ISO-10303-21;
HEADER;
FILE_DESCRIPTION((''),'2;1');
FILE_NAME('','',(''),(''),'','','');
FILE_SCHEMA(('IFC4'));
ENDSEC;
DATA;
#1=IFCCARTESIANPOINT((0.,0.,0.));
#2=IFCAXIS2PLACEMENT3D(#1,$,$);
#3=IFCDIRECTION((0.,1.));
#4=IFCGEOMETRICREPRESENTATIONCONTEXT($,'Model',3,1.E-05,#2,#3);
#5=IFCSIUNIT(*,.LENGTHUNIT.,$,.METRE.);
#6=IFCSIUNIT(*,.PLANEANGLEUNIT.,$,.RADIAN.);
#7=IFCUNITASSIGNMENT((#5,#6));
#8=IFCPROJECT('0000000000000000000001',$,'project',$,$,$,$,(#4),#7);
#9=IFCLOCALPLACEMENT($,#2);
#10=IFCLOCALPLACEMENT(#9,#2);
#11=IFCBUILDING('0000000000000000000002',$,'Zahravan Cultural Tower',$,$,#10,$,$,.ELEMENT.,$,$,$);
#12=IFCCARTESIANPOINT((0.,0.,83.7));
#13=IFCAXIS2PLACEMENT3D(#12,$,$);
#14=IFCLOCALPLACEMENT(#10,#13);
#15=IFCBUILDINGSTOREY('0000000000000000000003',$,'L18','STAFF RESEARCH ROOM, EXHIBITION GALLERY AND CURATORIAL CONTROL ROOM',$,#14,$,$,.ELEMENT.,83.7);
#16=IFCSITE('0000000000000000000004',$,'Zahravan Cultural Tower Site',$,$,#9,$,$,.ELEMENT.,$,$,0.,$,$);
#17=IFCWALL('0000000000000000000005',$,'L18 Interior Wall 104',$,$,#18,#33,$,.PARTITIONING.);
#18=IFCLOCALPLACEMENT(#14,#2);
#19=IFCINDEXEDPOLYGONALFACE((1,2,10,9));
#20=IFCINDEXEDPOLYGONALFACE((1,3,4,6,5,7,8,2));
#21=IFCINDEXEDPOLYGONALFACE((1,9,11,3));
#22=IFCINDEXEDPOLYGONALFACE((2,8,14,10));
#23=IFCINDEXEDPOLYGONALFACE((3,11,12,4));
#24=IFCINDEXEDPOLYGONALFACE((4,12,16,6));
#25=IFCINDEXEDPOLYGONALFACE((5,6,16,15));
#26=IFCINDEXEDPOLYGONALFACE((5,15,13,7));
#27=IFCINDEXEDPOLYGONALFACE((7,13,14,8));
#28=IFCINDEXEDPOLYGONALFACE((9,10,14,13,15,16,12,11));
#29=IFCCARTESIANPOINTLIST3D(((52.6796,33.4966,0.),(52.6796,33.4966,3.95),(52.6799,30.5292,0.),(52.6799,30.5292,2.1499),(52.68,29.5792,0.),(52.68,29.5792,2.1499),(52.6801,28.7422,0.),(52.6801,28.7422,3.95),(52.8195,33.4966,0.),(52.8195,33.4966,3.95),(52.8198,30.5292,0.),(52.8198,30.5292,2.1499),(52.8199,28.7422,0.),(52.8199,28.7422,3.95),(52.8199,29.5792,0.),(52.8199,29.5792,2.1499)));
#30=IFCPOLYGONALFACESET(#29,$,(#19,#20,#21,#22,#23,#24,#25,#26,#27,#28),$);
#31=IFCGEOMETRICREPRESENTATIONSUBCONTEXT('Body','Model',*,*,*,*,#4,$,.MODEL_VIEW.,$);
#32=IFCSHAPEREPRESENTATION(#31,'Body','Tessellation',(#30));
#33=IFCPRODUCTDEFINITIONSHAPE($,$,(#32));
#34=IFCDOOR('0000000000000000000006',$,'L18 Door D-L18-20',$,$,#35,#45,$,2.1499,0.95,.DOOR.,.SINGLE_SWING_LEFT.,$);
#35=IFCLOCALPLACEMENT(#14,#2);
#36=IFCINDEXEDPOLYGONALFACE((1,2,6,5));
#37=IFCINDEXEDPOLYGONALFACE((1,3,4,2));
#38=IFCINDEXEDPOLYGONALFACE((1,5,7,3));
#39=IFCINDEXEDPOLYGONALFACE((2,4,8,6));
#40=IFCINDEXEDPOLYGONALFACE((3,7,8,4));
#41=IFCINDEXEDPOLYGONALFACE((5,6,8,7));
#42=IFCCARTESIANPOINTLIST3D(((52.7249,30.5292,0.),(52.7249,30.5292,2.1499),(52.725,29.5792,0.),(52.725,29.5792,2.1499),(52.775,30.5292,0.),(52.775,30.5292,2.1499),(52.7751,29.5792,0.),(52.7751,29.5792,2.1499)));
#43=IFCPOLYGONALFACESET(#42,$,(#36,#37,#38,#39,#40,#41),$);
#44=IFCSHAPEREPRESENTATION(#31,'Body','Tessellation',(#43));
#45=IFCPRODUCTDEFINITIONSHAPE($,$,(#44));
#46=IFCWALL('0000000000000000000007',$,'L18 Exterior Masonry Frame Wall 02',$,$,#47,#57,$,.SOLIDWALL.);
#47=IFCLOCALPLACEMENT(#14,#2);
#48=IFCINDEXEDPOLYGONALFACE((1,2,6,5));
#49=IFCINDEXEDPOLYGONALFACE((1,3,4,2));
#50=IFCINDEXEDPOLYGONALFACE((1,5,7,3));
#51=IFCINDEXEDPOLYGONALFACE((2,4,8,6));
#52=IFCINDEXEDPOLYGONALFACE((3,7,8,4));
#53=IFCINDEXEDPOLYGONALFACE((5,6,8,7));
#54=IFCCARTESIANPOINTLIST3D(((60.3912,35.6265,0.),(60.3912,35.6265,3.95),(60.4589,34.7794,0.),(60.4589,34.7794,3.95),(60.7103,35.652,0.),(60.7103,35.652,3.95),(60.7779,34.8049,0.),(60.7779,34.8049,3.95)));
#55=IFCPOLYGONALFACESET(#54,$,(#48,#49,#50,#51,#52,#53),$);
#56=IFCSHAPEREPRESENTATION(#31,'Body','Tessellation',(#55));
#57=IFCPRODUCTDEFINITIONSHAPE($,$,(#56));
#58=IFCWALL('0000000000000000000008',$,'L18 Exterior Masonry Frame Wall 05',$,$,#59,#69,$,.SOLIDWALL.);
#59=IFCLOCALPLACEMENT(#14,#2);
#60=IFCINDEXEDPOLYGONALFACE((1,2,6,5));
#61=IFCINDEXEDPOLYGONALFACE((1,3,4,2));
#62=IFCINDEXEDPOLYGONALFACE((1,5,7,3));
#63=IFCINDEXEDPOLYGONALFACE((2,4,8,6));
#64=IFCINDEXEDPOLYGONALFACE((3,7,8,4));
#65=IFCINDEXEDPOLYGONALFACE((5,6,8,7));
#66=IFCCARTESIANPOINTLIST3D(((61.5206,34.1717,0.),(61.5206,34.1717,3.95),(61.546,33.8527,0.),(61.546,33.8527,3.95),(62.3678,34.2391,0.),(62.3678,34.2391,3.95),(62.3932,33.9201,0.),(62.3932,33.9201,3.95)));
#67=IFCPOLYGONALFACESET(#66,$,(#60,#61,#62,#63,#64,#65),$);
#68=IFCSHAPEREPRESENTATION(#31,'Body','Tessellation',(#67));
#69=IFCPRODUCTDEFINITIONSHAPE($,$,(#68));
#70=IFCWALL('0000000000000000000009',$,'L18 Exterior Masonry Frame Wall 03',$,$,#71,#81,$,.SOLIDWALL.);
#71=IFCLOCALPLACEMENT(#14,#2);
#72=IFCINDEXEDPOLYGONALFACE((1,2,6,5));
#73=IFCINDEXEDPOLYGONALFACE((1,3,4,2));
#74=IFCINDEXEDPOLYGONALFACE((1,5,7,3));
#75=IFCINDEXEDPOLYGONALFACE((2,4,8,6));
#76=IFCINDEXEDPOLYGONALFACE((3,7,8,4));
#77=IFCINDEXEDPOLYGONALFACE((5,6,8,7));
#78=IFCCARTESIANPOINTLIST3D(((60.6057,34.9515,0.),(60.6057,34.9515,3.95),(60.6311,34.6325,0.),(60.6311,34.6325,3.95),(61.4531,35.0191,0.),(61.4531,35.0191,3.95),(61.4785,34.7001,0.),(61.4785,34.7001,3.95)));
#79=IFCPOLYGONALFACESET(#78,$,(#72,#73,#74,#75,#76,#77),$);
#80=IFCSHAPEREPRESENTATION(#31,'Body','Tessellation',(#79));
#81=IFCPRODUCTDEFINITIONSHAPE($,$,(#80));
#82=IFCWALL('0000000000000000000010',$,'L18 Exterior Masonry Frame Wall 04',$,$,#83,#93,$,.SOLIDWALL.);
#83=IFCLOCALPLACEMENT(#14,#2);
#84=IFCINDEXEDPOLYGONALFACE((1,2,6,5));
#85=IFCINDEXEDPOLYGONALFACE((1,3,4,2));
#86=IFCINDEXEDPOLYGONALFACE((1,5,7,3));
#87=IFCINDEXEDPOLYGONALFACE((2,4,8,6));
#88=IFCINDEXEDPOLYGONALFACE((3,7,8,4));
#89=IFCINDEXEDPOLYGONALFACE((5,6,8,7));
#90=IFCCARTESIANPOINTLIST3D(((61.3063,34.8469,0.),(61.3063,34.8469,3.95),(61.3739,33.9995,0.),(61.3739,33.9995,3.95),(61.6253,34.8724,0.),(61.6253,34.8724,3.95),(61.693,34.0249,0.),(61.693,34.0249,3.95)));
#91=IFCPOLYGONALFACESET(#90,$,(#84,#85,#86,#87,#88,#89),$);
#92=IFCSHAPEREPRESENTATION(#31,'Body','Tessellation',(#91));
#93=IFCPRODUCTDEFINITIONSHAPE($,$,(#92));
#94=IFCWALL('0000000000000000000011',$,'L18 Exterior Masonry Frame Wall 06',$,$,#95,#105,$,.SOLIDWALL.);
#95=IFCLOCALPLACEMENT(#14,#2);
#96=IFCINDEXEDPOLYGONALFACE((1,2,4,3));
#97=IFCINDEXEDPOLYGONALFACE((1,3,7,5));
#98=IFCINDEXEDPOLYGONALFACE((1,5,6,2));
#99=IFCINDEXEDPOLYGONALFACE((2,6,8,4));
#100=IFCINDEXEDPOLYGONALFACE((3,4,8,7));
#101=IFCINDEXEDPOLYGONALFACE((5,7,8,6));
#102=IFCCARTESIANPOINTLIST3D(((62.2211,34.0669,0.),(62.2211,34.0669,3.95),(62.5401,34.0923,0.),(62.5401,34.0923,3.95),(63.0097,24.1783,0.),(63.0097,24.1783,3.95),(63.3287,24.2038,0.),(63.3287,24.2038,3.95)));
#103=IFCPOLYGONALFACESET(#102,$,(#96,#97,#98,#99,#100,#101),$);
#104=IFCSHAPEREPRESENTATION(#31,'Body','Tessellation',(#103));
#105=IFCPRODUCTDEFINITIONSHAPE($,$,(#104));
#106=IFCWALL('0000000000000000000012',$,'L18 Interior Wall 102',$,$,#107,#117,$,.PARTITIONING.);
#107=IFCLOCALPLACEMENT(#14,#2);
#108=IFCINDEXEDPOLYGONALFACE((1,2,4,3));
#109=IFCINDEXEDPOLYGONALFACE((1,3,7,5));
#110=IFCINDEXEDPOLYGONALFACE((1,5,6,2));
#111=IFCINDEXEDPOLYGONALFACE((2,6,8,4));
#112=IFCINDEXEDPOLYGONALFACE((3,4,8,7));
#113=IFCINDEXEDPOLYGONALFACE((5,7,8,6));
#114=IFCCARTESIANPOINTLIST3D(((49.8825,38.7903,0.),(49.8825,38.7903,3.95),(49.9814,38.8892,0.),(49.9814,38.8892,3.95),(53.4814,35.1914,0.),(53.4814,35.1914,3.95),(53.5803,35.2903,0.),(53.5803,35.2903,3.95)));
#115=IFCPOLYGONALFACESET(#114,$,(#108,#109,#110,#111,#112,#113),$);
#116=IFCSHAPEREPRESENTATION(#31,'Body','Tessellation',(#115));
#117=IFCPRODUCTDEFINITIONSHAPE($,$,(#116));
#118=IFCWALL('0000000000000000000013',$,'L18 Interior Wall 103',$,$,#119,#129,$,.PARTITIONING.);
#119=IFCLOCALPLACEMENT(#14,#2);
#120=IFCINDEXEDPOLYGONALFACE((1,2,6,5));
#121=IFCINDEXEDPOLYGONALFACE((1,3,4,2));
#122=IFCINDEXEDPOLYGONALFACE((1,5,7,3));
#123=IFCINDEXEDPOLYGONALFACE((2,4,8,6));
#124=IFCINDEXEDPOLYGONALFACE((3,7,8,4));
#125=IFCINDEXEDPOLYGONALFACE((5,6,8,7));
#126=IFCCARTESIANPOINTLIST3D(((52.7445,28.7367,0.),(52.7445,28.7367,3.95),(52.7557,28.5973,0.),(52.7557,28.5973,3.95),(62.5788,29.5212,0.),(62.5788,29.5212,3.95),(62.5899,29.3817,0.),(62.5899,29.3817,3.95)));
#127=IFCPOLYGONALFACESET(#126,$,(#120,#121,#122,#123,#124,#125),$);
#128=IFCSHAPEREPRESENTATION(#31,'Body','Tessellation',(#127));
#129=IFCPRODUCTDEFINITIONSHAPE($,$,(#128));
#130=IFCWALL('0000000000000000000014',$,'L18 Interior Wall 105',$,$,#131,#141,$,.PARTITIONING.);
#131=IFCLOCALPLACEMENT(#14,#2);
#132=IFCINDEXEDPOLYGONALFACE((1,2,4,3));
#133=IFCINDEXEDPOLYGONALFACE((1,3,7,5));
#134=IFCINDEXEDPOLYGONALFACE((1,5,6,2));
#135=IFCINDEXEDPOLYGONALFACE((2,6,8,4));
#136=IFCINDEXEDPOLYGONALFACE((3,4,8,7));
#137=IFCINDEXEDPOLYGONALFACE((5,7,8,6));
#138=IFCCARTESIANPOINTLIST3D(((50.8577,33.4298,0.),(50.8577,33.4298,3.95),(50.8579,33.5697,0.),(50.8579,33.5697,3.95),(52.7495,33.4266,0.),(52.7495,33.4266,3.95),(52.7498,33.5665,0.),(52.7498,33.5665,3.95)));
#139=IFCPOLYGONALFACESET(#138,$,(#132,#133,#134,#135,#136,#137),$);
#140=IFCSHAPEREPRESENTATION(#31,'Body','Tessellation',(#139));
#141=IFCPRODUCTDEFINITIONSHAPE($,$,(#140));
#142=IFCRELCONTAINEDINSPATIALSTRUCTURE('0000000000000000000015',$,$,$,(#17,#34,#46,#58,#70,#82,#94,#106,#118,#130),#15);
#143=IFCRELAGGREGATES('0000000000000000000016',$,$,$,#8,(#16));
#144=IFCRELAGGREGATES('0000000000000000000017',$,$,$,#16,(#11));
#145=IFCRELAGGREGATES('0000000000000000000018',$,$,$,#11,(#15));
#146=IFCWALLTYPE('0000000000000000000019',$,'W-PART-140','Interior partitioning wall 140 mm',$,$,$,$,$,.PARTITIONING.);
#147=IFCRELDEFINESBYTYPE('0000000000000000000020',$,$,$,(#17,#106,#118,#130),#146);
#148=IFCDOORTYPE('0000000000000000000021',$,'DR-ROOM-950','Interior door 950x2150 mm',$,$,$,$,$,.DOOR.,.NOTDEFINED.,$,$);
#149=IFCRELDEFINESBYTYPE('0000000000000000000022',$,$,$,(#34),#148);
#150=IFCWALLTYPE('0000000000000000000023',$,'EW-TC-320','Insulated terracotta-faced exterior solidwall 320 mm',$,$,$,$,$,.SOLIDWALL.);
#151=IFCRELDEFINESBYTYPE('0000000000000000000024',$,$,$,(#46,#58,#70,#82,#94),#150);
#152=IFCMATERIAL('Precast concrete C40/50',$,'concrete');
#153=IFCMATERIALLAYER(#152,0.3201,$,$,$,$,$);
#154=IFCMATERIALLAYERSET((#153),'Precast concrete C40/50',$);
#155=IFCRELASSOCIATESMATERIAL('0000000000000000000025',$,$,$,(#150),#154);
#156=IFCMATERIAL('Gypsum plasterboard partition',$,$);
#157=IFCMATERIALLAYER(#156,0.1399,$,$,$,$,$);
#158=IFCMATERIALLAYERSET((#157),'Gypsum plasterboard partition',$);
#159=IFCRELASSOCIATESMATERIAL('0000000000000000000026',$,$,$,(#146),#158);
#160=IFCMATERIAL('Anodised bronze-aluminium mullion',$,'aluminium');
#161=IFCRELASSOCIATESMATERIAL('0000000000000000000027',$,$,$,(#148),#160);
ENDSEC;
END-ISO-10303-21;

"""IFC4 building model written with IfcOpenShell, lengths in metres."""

from ifc_helpers import new_model, si_unit, direction, frame, frame_2d, origin, place, context, subcontext, project, spatial, rectangle, extrude, source, transform, mapped, material, layer, layer_set, type_object, element, fill, save


model = new_model("IFC4")

# Units and contexts
model_context = context("Model", 3, precision=1e-05, world=origin(), true_north=direction((0.0, 1.0)))
body_context = subcontext(model_context, "Body", "Model", "MODEL_VIEW")
ifc_project = project(units=[si_unit("LENGTHUNIT", "METRE"), si_unit("PLANEANGLEUNIT", "RADIAN")], contexts=[model_context])

# Site, building, storey
site_placement = place(None, origin())
site = spatial("IfcSite", under=ifc_project, at=site_placement, Name="Zahravan Cultural Tower Site", CompositionType="ELEMENT", RefElevation=0.0)
building_placement = place(site_placement, origin())
building = spatial("IfcBuilding", under=site, at=building_placement, Name="Zahravan Cultural Tower", CompositionType="ELEMENT")
storey_placement = place(building_placement, frame((0.0, 0.0, 83.7)))
storey = spatial("IfcBuildingStorey", under=building, at=storey_placement, Name="L18", Description="STAFF RESEARCH ROOM, EXHIBITION GALLERY AND CURATORIAL CONTROL ROOM", CompositionType="ELEMENT", Elevation=83.7)

# Shared definitions
ifc_material_1 = material(Name="Precast concrete C40/50", Category="concrete")
ifc_layer_1 = layer(ifc_material_1, 0.3201)
ifc_layer_set_1 = layer_set([ifc_layer_1], Name="Precast concrete C40/50")
wall_type_1 = type_object("IfcWallType", Name="EW-TC-320", Description="Insulated terracotta-faced exterior solidwall 320 mm", PredefinedType="SOLIDWALL", material=ifc_layer_set_1)

# Wall, opening, door
ifc_material_2 = material(Name="Gypsum plasterboard partition")
ifc_layer_2 = layer(ifc_material_2, 0.1399)
ifc_layer_set_2 = layer_set([ifc_layer_2], Name="Gypsum plasterboard partition")
wall_type_2 = type_object("IfcWallType", Name="W-PART-140", Description="Interior partitioning wall 140 mm", PredefinedType="PARTITIONING", material=ifc_layer_set_2)
wall_1_placement = place(storey_placement, frame((52.75, 28.7422, 0.0), z_axis=(0.0, 0.0, 1.0), x_axis=(-0.000103, 1.0, 0.0)))
wall_1 = element("IfcWall", 1, at=wall_1_placement, inside=storey, type_object=wall_type_2, Name="L18 Interior Wall 104", PredefinedType="PARTITIONING", context=body_context, shape_type="SweptSolid", body=[
    extrude(rectangle(XDim=4.7544, YDim=0.1399, at=frame_2d((2.3772, 0.0))), origin(), (0.0, 0.0, 1.0), 3.95),
])
opening_1_placement = place(wall_1_placement, frame((0.8369, 0.0, 0.0)))
opening_1 = element("IfcOpeningElement", 2, at=opening_1_placement, cuts=wall_1, PredefinedType="OPENING", context=body_context, shape_type="SweptSolid", body=[
    extrude(rectangle(XDim=0.95, YDim=2.1499, at=frame_2d((0.4751, 1.075))), frame((0.0, 0.0798, 0.0), z_axis=(0.0, -1.0, 0.0), x_axis=(1.0, 0.0, 0.0)), (0.0, 0.0, 1.0), 0.1599),
])
ifc_material_3 = material(Name="Anodised bronze-aluminium mullion", Category="aluminium")
door_type = type_object("IfcDoorType", Name="DR-ROOM-950", Description="Interior door 950x2150 mm", OperationType="NOTDEFINED", PredefinedType="DOOR", material=ifc_material_3)
shared_shape_1 = source(origin(), body_context, "Body", "SweptSolid", [
    extrude(rectangle(XDim=0.95, YDim=2.1499, at=frame_2d((0.4751, 1.075))), frame((0.0, 0.0249, 0.0), z_axis=(0.0, -1.0, 0.0), x_axis=(1.0, 0.0, 0.0)), (0.0, 0.0, 1.0), 0.05),
])
door_placement = place(opening_1_placement, origin())
door = element("IfcDoor", 3, at=door_placement, inside=storey, type_object=door_type, Name="L18 Door D-L18-20", OperationType="SINGLE_SWING_LEFT", OverallHeight=2.1499, OverallWidth=0.95, PredefinedType="DOOR", context=body_context, shape_type="MappedRepresentation", body=[
    mapped(shared_shape_1, transform((0.0, 0.0, 0.0), x_axis=(1.0, 0.0, 0.0), y_axis=(0.0, 1.0, 0.0), z_axis=(0.0, 0.0, 1.0), scale=1.0)),
])
fill(opening_1, door)

# Walls
shared_shape_2 = source(origin(), body_context, "Body", "SweptSolid", [
    extrude(rectangle(XDim=0.8499, YDim=0.3201, at=frame_2d((0.4248, 0.0))), origin(), (0.0, 0.0, 1.0), 3.95),
])
for number, where, z_axis, x_axis, name in (
    (4, (60.5508, 35.6392, 0.0), (0.0, 0.0, 1.0), (0.079574, -0.996829, 0.0), "L18 Exterior Masonry Frame Wall 02"),
    (5, (61.5334, 34.0122, 0.0), (0.0, 0.0, 1.0), (0.996852, 0.079288, 0.0), "L18 Exterior Masonry Frame Wall 05"),
):
    element("IfcWall", number, at=place(storey_placement, frame(where, z_axis=z_axis, x_axis=x_axis)), inside=storey, type_object=wall_type_1, Name=name, PredefinedType="SOLIDWALL", context=body_context, shape_type="MappedRepresentation", body=[
        mapped(shared_shape_2, transform((0.0, 0.0, 0.0), x_axis=(1.0, 0.0, 0.0), y_axis=(0.0, 1.0, 0.0), z_axis=(0.0, 0.0, 1.0), scale=1.0)),
    ])
shared_shape_3 = source(origin(), body_context, "Body", "SweptSolid", [
    extrude(rectangle(XDim=0.8501, YDim=0.3201, at=frame_2d((0.425, 0.0))), origin(), (0.0, 0.0, 1.0), 3.95),
])
for number, where, z_axis, x_axis, name in (
    (6, (60.6184, 34.792, 0.0), (0.0, 0.0, 1.0), (0.996831, 0.079551, 0.0), "L18 Exterior Masonry Frame Wall 03"),
    (7, (61.4658, 34.8596, 0.0), (0.0, 0.0, 1.0), (0.079551, -0.996831, 0.0), "L18 Exterior Masonry Frame Wall 04"),
):
    element("IfcWall", number, at=place(storey_placement, frame(where, z_axis=z_axis, x_axis=x_axis)), inside=storey, type_object=wall_type_1, Name=name, PredefinedType="SOLIDWALL", context=body_context, shape_type="MappedRepresentation", body=[
        mapped(shared_shape_3, transform((0.0, 0.0, 0.0), x_axis=(1.0, 0.0, 0.0), y_axis=(0.0, 1.0, 0.0), z_axis=(0.0, 0.0, 1.0), scale=1.0)),
    ])
shared_shape_4 = source(origin(), body_context, "Body", "SweptSolid", [
    extrude(rectangle(XDim=9.9199, YDim=0.3201, at=frame_2d((4.96, 0.0))), origin(), (0.0, 0.0, 1.0), 3.95),
])
wall_2_placement = place(storey_placement, frame((62.3806, 34.0796, 0.0), z_axis=(0.0, 0.0, 1.0), x_axis=(0.079495, -0.996835, 0.0)))
element("IfcWall", 8, at=wall_2_placement, inside=storey, type_object=wall_type_1, Name="L18 Exterior Masonry Frame Wall 06", PredefinedType="SOLIDWALL", context=body_context, shape_type="MappedRepresentation", body=[
    mapped(shared_shape_4, transform((0.0, 0.0, 0.0), x_axis=(1.0, 0.0, 0.0), y_axis=(0.0, 1.0, 0.0), z_axis=(0.0, 0.0, 1.0), scale=1.0)),
])
shared_shape_5 = source(origin(), body_context, "Body", "SweptSolid", [
    extrude(rectangle(XDim=5.0896, YDim=0.1399, at=frame_2d((2.5449, 0.0))), origin(), (0.0, 0.0, 1.0), 3.95),
])
wall_3_placement = place(storey_placement, frame((49.9319, 38.8398, 0.0), z_axis=(0.0, 0.0, 1.0), x_axis=(0.707107, -0.707107, 0.0)))
element("IfcWall", 9, at=wall_3_placement, inside=storey, type_object=wall_type_2, Name="L18 Interior Wall 102", PredefinedType="PARTITIONING", context=body_context, shape_type="MappedRepresentation", body=[
    mapped(shared_shape_5, transform((0.0, 0.0, 0.0), x_axis=(1.0, 0.0, 0.0), y_axis=(0.0, 1.0, 0.0), z_axis=(0.0, 0.0, 1.0), scale=1.0)),
])
shared_shape_6 = source(origin(), body_context, "Body", "SweptSolid", [
    extrude(rectangle(XDim=9.8655, YDim=0.1399, at=frame_2d((4.9326, 0.0))), origin(), (0.0, 0.0, 1.0), 3.95),
])
wall_4_placement = place(storey_placement, frame((62.5842, 29.4514, 0.0), z_axis=(0.0, 0.0, 1.0), x_axis=(-0.996834, -0.079512, 0.0)))
element("IfcWall", 10, at=wall_4_placement, inside=storey, type_object=wall_type_2, Name="L18 Interior Wall 103", PredefinedType="PARTITIONING", context=body_context, shape_type="MappedRepresentation", body=[
    mapped(shared_shape_6, transform((0.0, 0.0, 0.0), x_axis=(1.0, 0.0, 0.0), y_axis=(0.0, 1.0, 0.0), z_axis=(0.0, 0.0, 1.0), scale=1.0)),
])
shared_shape_7 = source(origin(), body_context, "Body", "SweptSolid", [
    extrude(rectangle(XDim=1.8918, YDim=0.1399, at=frame_2d((0.9458, 0.0))), origin(), (0.0, 0.0, 1.0), 3.95),
])
wall_5_placement = place(storey_placement, frame((52.7495, 33.4966, 0.0), z_axis=(0.0, 0.0, 1.0), x_axis=(-0.999999, 0.001678, 0.0)))
element("IfcWall", 11, at=wall_5_placement, inside=storey, type_object=wall_type_2, Name="L18 Interior Wall 105", PredefinedType="PARTITIONING", context=body_context, shape_type="MappedRepresentation", body=[
    mapped(shared_shape_7, transform((0.0, 0.0, 0.0), x_axis=(1.0, 0.0, 0.0), y_axis=(0.0, 1.0, 0.0), z_axis=(0.0, 0.0, 1.0), scale=1.0)),
])

save(model, "model.ifc")
